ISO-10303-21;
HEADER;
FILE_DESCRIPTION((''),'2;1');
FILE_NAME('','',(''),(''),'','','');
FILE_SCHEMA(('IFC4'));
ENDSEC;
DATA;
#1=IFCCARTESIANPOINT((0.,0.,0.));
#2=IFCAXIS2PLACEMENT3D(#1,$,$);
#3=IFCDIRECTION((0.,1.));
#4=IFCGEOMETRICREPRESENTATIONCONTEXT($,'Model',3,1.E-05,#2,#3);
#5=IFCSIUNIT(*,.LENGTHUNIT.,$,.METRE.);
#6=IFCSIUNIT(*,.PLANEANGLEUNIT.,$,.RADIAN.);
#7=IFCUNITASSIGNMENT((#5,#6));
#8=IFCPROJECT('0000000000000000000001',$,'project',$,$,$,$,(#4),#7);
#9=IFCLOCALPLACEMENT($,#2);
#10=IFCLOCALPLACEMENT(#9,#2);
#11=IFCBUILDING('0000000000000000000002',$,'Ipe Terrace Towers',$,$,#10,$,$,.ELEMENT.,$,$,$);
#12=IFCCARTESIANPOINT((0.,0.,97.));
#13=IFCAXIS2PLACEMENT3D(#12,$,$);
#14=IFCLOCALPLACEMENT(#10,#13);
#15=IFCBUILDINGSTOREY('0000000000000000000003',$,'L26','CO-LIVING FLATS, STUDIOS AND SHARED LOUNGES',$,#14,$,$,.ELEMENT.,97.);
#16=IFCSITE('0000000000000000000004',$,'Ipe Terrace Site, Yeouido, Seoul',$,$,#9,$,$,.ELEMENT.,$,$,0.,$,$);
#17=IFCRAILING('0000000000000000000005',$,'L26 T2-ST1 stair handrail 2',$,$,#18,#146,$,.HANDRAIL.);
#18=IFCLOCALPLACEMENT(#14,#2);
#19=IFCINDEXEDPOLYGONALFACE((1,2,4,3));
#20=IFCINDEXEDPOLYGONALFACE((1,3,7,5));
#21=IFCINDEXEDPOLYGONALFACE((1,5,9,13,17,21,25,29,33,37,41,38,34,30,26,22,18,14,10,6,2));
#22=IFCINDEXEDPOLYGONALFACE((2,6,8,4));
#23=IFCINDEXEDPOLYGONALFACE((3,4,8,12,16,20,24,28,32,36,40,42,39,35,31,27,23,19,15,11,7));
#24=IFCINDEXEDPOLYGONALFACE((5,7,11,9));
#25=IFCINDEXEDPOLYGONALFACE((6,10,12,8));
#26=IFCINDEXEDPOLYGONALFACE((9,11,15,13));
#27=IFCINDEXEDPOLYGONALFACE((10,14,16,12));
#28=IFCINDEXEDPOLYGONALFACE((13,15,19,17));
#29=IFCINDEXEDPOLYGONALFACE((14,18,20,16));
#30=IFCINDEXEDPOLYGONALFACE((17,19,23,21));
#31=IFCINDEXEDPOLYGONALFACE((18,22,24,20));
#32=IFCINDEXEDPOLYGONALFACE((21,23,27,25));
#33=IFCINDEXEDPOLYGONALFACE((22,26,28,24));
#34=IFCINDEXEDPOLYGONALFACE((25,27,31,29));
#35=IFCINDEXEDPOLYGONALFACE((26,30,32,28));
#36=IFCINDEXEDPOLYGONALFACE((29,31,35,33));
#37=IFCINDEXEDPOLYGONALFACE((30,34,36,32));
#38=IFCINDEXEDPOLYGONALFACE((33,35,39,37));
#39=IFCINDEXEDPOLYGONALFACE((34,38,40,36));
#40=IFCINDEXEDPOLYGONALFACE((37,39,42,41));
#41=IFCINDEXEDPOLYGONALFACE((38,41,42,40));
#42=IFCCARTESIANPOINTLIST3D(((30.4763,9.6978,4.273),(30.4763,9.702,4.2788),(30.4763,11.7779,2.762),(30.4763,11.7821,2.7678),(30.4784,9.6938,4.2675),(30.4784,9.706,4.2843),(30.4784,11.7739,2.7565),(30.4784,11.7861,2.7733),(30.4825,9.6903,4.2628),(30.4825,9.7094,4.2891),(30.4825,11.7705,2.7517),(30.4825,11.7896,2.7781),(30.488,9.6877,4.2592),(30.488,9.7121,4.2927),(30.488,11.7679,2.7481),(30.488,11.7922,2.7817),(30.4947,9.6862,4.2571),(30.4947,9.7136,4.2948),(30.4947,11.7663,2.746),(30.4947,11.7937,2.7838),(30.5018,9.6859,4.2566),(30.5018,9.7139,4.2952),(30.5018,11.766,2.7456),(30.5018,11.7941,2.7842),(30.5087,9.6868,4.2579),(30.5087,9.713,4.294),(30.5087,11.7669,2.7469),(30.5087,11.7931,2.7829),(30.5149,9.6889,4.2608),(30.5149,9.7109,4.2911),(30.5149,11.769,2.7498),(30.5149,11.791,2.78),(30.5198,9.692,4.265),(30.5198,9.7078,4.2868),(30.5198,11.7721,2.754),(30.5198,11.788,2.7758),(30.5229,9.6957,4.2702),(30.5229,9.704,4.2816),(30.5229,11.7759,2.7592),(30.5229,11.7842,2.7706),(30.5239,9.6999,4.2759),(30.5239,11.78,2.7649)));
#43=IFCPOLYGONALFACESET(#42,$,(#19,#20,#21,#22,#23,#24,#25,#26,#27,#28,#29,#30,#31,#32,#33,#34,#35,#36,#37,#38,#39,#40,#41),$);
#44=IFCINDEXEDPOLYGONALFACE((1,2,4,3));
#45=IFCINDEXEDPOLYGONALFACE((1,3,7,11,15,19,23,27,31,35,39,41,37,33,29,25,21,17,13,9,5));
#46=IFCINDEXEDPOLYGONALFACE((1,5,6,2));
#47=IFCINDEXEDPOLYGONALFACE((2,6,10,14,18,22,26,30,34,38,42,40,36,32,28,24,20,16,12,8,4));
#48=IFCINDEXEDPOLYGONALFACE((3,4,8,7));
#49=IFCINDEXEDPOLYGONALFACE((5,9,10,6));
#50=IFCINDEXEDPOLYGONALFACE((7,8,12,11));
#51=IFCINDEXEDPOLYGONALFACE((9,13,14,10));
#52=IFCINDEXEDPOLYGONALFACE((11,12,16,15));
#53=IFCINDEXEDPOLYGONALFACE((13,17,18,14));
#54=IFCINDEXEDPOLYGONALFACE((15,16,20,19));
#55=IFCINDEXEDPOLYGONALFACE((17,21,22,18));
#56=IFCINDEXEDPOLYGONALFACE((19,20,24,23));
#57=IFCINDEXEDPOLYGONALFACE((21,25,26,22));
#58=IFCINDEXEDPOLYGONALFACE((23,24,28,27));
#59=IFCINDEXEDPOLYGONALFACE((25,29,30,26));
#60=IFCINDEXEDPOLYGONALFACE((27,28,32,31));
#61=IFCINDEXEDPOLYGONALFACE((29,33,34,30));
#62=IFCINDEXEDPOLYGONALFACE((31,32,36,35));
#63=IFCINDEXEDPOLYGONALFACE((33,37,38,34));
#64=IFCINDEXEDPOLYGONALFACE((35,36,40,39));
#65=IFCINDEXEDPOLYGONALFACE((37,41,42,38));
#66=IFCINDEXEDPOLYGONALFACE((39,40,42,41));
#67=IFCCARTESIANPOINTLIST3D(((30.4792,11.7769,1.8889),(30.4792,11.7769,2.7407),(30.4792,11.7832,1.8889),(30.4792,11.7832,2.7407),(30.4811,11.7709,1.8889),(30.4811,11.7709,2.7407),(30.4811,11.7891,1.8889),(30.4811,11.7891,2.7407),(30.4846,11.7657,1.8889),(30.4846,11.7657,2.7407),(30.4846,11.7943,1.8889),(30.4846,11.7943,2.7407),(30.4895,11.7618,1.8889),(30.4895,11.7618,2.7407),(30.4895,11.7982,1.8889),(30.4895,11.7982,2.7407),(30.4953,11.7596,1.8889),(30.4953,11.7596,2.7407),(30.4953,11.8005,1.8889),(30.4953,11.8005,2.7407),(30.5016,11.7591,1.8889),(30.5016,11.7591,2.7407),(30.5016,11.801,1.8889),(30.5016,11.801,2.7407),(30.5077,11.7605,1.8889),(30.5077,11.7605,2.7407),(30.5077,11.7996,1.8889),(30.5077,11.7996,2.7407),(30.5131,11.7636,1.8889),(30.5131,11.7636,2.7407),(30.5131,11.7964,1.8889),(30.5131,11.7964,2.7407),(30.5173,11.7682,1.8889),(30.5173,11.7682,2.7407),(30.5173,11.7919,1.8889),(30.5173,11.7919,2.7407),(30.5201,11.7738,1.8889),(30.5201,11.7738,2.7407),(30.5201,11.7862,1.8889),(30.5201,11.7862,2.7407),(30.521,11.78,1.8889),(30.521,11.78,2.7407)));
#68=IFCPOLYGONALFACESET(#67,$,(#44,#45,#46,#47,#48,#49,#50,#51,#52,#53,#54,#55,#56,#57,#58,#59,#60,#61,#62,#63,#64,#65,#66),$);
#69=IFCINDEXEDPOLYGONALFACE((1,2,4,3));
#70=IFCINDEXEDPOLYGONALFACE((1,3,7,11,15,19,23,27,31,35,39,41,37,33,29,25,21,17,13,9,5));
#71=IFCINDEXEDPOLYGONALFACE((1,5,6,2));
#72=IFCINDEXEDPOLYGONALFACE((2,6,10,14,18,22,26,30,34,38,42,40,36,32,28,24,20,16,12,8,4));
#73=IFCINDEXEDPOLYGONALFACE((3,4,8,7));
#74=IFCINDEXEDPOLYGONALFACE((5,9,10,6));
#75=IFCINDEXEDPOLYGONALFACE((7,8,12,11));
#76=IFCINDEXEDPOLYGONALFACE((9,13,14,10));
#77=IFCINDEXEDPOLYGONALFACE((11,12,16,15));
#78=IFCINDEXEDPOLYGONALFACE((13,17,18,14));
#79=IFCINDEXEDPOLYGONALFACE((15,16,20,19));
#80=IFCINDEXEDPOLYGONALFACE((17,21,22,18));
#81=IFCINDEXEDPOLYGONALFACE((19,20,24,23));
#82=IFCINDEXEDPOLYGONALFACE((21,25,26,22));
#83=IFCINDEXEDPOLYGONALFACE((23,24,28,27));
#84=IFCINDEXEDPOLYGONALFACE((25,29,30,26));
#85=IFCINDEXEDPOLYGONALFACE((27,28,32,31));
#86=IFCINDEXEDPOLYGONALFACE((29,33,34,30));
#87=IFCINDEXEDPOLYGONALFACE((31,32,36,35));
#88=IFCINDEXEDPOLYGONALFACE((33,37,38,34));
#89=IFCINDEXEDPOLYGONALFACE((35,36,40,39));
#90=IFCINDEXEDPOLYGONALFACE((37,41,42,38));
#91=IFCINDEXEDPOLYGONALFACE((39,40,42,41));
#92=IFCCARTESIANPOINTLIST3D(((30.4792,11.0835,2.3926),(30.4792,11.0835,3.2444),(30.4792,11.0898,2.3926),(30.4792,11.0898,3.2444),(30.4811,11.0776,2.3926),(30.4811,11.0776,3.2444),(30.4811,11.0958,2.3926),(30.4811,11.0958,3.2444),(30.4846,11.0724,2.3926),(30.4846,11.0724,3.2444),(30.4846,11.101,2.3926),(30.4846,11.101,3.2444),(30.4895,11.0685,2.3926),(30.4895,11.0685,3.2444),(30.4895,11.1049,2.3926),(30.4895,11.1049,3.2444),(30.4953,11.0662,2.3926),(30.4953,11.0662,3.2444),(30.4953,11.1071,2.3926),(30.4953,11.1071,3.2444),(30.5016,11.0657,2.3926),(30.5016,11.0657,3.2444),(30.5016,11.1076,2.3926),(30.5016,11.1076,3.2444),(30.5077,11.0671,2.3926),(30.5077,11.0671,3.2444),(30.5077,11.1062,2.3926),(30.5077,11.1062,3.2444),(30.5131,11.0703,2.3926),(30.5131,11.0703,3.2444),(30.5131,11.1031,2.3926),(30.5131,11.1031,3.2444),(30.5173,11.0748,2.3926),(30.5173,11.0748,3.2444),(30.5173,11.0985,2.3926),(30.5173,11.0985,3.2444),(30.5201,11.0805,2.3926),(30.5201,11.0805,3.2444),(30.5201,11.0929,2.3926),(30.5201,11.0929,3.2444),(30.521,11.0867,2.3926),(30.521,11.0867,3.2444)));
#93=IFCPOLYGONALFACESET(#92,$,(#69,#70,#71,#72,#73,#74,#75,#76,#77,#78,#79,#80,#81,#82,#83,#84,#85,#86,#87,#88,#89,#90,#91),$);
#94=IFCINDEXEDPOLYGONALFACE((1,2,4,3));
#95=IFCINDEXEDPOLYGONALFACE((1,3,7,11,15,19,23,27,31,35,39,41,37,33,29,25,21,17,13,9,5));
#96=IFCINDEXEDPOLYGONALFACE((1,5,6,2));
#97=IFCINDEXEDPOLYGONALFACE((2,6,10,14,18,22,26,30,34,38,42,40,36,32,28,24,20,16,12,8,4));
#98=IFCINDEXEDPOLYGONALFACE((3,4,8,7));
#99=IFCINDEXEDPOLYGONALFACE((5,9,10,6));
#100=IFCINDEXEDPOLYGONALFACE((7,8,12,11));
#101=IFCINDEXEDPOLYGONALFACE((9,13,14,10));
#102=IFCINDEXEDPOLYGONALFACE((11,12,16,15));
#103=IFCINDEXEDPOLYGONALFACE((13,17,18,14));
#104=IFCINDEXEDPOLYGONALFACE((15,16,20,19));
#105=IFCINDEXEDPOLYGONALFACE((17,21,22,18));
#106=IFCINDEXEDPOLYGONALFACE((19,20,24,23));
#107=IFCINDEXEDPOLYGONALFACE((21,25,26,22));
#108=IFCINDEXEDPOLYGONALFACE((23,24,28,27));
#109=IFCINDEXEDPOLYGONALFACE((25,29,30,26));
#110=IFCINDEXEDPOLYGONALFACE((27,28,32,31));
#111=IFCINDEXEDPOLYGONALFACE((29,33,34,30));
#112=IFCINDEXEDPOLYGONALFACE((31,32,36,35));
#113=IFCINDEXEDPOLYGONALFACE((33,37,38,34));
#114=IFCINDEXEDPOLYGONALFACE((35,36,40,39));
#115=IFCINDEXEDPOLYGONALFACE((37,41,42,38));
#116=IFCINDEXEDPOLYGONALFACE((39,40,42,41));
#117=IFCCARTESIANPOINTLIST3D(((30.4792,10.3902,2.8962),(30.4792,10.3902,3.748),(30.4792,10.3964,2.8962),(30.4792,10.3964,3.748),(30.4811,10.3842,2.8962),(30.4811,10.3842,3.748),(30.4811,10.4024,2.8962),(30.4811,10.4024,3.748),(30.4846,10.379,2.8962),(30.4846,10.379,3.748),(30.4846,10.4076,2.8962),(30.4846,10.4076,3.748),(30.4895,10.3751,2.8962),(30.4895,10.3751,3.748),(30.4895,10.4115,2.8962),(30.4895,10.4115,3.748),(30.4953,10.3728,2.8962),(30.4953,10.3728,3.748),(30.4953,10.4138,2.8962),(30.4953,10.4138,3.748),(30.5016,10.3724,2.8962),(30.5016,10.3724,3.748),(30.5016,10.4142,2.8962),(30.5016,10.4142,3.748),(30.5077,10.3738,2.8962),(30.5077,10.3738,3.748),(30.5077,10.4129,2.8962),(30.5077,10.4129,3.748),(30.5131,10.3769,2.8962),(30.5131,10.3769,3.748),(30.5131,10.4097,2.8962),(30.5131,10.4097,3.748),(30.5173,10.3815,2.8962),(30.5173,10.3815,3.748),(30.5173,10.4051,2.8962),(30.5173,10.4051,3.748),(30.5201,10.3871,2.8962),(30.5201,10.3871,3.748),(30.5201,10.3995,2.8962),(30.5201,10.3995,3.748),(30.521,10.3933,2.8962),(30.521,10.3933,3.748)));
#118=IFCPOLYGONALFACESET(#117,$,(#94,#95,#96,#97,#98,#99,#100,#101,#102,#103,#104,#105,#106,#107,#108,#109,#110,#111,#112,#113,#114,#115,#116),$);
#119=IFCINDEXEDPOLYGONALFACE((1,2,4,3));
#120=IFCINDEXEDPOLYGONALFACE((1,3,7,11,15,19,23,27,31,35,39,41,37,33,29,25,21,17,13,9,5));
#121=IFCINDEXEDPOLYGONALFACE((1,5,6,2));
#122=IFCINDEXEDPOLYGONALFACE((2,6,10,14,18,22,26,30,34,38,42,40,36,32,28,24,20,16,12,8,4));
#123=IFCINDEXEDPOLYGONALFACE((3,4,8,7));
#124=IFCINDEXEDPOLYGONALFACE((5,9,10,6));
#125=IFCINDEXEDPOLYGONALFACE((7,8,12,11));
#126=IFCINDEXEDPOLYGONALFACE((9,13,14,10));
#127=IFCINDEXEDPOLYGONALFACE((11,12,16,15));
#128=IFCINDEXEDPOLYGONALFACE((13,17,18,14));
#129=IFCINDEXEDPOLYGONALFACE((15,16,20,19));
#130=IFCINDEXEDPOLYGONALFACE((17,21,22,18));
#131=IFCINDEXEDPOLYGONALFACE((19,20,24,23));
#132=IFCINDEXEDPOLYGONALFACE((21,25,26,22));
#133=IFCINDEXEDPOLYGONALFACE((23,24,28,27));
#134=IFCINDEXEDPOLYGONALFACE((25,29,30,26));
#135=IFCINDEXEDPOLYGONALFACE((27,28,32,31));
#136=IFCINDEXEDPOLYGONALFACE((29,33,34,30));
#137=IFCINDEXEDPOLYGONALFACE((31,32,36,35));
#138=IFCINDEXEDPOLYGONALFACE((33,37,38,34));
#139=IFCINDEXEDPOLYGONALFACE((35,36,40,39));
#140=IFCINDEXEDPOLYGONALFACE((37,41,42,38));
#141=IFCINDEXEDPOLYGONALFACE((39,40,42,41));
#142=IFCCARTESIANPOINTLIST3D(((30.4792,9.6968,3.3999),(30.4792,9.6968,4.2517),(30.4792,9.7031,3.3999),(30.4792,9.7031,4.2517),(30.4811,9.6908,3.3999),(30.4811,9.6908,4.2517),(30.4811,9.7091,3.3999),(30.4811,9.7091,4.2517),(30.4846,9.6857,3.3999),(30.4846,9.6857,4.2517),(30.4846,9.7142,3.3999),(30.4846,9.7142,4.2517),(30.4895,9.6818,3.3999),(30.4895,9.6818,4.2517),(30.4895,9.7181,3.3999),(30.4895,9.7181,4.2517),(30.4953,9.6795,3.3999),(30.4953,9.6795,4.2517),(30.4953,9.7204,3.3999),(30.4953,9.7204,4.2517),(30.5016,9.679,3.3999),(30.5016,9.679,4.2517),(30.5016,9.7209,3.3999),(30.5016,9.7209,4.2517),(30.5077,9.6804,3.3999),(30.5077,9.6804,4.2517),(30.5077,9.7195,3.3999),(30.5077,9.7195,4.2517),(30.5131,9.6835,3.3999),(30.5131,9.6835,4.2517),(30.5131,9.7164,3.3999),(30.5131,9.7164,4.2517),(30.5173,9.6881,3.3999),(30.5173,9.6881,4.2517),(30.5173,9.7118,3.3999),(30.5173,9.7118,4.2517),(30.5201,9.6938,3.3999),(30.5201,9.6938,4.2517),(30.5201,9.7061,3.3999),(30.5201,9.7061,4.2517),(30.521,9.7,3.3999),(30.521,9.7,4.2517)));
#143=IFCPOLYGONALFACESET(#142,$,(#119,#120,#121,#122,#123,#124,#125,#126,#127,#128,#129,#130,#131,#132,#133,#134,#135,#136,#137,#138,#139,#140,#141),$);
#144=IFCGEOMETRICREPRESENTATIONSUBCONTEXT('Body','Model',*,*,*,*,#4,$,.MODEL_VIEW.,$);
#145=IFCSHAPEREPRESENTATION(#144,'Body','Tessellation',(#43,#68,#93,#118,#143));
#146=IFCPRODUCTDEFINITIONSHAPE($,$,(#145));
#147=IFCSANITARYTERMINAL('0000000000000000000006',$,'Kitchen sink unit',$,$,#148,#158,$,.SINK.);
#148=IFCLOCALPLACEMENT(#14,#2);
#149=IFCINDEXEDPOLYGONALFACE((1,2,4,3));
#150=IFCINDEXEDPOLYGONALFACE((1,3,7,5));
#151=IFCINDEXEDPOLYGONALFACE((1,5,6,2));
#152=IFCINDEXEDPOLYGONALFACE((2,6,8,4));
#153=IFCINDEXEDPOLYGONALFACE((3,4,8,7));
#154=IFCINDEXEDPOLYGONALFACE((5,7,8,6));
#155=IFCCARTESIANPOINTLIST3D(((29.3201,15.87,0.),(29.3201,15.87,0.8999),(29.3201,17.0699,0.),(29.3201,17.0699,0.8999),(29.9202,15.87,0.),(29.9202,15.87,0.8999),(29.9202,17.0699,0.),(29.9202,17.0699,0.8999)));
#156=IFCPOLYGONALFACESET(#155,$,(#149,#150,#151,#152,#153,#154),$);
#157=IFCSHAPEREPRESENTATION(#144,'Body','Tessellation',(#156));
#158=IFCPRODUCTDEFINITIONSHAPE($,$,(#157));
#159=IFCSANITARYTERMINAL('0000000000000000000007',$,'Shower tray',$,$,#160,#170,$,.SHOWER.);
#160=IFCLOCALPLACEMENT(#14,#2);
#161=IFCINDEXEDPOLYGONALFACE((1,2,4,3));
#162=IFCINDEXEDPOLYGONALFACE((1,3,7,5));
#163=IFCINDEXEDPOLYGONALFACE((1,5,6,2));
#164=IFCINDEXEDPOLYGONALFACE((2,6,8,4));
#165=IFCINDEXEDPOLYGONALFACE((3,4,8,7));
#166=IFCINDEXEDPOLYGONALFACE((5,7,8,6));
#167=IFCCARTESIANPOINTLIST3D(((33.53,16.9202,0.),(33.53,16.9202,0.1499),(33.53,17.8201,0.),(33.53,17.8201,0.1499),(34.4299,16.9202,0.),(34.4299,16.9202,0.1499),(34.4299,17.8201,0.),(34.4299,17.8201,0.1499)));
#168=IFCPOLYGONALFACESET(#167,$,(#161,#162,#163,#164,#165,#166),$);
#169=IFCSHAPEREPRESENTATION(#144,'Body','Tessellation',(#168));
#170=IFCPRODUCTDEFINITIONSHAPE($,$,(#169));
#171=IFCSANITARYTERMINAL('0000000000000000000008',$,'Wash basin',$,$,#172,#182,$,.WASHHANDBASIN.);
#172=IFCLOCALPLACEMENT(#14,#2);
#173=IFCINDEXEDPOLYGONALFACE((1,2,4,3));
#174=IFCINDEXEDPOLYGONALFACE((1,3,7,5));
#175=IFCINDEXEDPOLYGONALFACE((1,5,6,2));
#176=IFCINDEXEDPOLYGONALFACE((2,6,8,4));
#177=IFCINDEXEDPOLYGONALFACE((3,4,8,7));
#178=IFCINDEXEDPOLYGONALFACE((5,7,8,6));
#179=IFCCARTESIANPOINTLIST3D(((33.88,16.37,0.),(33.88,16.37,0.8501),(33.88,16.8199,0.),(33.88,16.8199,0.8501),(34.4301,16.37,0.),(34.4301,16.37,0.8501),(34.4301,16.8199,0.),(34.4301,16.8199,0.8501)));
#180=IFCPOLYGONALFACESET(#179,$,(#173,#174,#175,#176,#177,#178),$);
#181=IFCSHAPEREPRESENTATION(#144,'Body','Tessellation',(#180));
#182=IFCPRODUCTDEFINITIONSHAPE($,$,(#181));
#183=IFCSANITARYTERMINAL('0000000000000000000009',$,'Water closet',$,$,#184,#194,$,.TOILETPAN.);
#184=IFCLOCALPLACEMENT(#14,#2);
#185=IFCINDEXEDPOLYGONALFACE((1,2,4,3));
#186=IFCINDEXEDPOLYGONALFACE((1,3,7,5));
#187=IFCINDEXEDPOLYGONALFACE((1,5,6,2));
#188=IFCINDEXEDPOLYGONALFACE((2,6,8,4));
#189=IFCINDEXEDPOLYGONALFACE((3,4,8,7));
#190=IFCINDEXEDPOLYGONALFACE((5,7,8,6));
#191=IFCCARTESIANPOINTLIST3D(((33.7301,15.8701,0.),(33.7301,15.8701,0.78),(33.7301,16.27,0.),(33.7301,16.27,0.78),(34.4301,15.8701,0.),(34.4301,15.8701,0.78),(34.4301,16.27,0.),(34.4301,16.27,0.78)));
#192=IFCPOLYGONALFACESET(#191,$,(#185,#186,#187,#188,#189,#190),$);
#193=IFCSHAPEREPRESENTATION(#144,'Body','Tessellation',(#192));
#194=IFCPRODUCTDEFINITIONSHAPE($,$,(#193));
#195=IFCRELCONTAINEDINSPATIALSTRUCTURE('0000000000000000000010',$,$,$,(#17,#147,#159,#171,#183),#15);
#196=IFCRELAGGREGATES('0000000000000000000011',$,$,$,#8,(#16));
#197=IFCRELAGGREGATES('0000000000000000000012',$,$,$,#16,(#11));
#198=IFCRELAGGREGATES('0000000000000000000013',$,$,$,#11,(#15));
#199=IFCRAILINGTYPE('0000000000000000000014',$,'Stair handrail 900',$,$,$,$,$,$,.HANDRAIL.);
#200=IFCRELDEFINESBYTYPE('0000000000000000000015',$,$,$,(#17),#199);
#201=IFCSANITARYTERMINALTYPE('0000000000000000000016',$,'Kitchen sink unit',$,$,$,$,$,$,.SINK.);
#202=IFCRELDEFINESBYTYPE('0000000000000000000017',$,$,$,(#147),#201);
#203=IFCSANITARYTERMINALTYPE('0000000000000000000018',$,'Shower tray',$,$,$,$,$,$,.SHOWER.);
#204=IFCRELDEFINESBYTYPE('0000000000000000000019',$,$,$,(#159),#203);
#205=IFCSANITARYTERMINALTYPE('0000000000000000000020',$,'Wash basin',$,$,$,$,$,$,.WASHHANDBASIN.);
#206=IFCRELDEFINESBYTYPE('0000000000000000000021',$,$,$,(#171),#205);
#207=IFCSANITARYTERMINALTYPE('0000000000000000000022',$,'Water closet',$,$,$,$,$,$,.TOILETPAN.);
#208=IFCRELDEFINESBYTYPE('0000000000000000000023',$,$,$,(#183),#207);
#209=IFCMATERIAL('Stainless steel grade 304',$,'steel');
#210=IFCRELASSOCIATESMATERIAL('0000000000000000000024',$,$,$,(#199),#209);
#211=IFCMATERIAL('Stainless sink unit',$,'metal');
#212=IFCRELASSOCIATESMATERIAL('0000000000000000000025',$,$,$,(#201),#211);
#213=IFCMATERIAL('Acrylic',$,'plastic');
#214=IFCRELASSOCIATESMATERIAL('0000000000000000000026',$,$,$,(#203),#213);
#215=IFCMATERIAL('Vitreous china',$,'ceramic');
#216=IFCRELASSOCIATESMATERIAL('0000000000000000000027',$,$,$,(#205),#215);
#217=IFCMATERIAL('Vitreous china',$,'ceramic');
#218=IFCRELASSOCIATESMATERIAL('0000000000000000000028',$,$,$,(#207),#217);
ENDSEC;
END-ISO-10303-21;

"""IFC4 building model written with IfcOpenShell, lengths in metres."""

from ifc_helpers import new_model, si_unit, direction, frame, origin, origin_2d, place, context, subcontext, project, spatial, rectangle, circle, extrude, material, type_object, element, save


model = new_model("IFC4")

# Units and contexts
model_context = context("Model", 3, precision=1e-05, world=origin(), true_north=direction((0.0, 1.0)))
body_context = subcontext(model_context, "Body", "Model", "MODEL_VIEW")
ifc_project = project(units=[si_unit("LENGTHUNIT", "METRE"), si_unit("PLANEANGLEUNIT", "RADIAN")], contexts=[model_context])

# Site, building, storey
site_placement = place(None, origin())
site = spatial("IfcSite", under=ifc_project, at=site_placement, Name="Ipe Terrace Site, Yeouido, Seoul", CompositionType="ELEMENT", RefElevation=0.0)
building_placement = place(site_placement, origin())
building = spatial("IfcBuilding", under=site, at=building_placement, Name="Ipe Terrace Towers", CompositionType="ELEMENT")
storey_placement = place(building_placement, frame((0.0, 0.0, 97.0)))
storey = spatial("IfcBuildingStorey", under=building, at=storey_placement, Name="L26", Description="CO-LIVING FLATS, STUDIOS AND SHARED LOUNGES", CompositionType="ELEMENT", Elevation=97.0)

# Railing
ifc_material_1 = material(Name="Stainless steel grade 304", Category="steel")
railing_type_1 = type_object("IfcRailingType", Name="Stair handrail 900", PredefinedType="HANDRAIL", material=ifc_material_1)
railing_1_placement = place(storey_placement, frame((30.5, 11.78, 1.8889)))
element("IfcRailing", 1, at=railing_1_placement, inside=storey, type_object=railing_type_1, Name="L26 T2-ST1 stair handrail 2", PredefinedType="HANDRAIL", context=body_context, shape_type="SweptSolid", body=[
    extrude(circle(Radius=0.0239, at=origin_2d()), frame((0.0, 0.0, 0.876), z_axis=(0.0, -0.809069, 0.587714), x_axis=(1.0, 0.0, 0.0)), (0.0, 0.0, 1.0), 2.571),
    extrude(circle(Radius=0.021, at=origin_2d()), origin(), (0.0, 0.0, 1.0), 0.8518),
    extrude(circle(Radius=0.021, at=origin_2d()), frame((0.0, -0.6934, 0.5037)), (0.0, 0.0, 1.0), 0.8518),
    extrude(circle(Radius=0.021, at=origin_2d()), frame((0.0, -1.3867, 1.0073)), (0.0, 0.0, 1.0), 0.8518),
    extrude(circle(Radius=0.021, at=origin_2d()), frame((0.0, -2.0801, 1.511)), (0.0, 0.0, 1.0), 0.8518),
])

# Sanitary terminals
ifc_material_2 = material(Name="Stainless sink unit", Category="metal")
sanitary_terminal_type_1 = type_object("IfcSanitaryTerminalType", Name="Kitchen sink unit", PredefinedType="SINK", material=ifc_material_2)
sanitary_terminal_1_placement = place(storey_placement, frame((29.6201, 16.47, 0.0), z_axis=(0.0, 0.0, 1.0), x_axis=(0.0, 1.0, 0.0)))
element("IfcSanitaryTerminal", 2, at=sanitary_terminal_1_placement, inside=storey, type_object=sanitary_terminal_type_1, Name="Kitchen sink unit", PredefinedType="SINK", context=body_context, shape_type="SweptSolid", body=[
    extrude(rectangle(XDim=1.2, YDim=0.6001, at=origin_2d()), origin(), (0.0, 0.0, 1.0), 0.8999),
])
ifc_material_3 = material(Name="Acrylic", Category="plastic")
sanitary_terminal_type_2 = type_object("IfcSanitaryTerminalType", Name="Shower tray", PredefinedType="SHOWER", material=ifc_material_3)
sanitary_terminal_2_placement = place(storey_placement, frame((33.98, 17.3701, 0.0), z_axis=(0.0, 0.0, 1.0), x_axis=(-1.0, 0.0, 0.0)))
element("IfcSanitaryTerminal", 3, at=sanitary_terminal_2_placement, inside=storey, type_object=sanitary_terminal_type_2, Name="Shower tray", PredefinedType="SHOWER", context=body_context, shape_type="SweptSolid", body=[
    extrude(rectangle(XDim=0.8999, YDim=0.8999, at=origin_2d()), origin(), (0.0, 0.0, 1.0), 0.1499),
])
ifc_material_4 = material(Name="Vitreous china", Category="ceramic")
sanitary_terminal_type_3 = type_object("IfcSanitaryTerminalType", Name="Wash basin", PredefinedType="WASHHANDBASIN", material=ifc_material_4)
sanitary_terminal_3_placement = place(storey_placement, frame((34.155, 16.595, 0.0), z_axis=(0.0, 0.0, 1.0), x_axis=(-1.0, 0.0, 0.0)))
element("IfcSanitaryTerminal", 4, at=sanitary_terminal_3_placement, inside=storey, type_object=sanitary_terminal_type_3, Name="Wash basin", PredefinedType="WASHHANDBASIN", context=body_context, shape_type="SweptSolid", body=[
    extrude(rectangle(XDim=0.55, YDim=0.45, at=origin_2d()), origin(), (0.0, 0.0, 1.0), 0.8501),
])
ifc_material_5 = material(Name="Vitreous china", Category="ceramic")
sanitary_terminal_type_4 = type_object("IfcSanitaryTerminalType", Name="Water closet", PredefinedType="TOILETPAN", material=ifc_material_5)
sanitary_terminal_4_placement = place(storey_placement, frame((34.0801, 16.0701, 0.0), z_axis=(0.0, 0.0, 1.0), x_axis=(-1.0, 0.0, 0.0)))
element("IfcSanitaryTerminal", 5, at=sanitary_terminal_4_placement, inside=storey, type_object=sanitary_terminal_type_4, Name="Water closet", PredefinedType="TOILETPAN", context=body_context, shape_type="SweptSolid", body=[
    extrude(rectangle(XDim=0.7, YDim=0.3999, at=origin_2d()), origin(), (0.0, 0.0, 1.0), 0.78),
])

save(model, "model.ifc")
